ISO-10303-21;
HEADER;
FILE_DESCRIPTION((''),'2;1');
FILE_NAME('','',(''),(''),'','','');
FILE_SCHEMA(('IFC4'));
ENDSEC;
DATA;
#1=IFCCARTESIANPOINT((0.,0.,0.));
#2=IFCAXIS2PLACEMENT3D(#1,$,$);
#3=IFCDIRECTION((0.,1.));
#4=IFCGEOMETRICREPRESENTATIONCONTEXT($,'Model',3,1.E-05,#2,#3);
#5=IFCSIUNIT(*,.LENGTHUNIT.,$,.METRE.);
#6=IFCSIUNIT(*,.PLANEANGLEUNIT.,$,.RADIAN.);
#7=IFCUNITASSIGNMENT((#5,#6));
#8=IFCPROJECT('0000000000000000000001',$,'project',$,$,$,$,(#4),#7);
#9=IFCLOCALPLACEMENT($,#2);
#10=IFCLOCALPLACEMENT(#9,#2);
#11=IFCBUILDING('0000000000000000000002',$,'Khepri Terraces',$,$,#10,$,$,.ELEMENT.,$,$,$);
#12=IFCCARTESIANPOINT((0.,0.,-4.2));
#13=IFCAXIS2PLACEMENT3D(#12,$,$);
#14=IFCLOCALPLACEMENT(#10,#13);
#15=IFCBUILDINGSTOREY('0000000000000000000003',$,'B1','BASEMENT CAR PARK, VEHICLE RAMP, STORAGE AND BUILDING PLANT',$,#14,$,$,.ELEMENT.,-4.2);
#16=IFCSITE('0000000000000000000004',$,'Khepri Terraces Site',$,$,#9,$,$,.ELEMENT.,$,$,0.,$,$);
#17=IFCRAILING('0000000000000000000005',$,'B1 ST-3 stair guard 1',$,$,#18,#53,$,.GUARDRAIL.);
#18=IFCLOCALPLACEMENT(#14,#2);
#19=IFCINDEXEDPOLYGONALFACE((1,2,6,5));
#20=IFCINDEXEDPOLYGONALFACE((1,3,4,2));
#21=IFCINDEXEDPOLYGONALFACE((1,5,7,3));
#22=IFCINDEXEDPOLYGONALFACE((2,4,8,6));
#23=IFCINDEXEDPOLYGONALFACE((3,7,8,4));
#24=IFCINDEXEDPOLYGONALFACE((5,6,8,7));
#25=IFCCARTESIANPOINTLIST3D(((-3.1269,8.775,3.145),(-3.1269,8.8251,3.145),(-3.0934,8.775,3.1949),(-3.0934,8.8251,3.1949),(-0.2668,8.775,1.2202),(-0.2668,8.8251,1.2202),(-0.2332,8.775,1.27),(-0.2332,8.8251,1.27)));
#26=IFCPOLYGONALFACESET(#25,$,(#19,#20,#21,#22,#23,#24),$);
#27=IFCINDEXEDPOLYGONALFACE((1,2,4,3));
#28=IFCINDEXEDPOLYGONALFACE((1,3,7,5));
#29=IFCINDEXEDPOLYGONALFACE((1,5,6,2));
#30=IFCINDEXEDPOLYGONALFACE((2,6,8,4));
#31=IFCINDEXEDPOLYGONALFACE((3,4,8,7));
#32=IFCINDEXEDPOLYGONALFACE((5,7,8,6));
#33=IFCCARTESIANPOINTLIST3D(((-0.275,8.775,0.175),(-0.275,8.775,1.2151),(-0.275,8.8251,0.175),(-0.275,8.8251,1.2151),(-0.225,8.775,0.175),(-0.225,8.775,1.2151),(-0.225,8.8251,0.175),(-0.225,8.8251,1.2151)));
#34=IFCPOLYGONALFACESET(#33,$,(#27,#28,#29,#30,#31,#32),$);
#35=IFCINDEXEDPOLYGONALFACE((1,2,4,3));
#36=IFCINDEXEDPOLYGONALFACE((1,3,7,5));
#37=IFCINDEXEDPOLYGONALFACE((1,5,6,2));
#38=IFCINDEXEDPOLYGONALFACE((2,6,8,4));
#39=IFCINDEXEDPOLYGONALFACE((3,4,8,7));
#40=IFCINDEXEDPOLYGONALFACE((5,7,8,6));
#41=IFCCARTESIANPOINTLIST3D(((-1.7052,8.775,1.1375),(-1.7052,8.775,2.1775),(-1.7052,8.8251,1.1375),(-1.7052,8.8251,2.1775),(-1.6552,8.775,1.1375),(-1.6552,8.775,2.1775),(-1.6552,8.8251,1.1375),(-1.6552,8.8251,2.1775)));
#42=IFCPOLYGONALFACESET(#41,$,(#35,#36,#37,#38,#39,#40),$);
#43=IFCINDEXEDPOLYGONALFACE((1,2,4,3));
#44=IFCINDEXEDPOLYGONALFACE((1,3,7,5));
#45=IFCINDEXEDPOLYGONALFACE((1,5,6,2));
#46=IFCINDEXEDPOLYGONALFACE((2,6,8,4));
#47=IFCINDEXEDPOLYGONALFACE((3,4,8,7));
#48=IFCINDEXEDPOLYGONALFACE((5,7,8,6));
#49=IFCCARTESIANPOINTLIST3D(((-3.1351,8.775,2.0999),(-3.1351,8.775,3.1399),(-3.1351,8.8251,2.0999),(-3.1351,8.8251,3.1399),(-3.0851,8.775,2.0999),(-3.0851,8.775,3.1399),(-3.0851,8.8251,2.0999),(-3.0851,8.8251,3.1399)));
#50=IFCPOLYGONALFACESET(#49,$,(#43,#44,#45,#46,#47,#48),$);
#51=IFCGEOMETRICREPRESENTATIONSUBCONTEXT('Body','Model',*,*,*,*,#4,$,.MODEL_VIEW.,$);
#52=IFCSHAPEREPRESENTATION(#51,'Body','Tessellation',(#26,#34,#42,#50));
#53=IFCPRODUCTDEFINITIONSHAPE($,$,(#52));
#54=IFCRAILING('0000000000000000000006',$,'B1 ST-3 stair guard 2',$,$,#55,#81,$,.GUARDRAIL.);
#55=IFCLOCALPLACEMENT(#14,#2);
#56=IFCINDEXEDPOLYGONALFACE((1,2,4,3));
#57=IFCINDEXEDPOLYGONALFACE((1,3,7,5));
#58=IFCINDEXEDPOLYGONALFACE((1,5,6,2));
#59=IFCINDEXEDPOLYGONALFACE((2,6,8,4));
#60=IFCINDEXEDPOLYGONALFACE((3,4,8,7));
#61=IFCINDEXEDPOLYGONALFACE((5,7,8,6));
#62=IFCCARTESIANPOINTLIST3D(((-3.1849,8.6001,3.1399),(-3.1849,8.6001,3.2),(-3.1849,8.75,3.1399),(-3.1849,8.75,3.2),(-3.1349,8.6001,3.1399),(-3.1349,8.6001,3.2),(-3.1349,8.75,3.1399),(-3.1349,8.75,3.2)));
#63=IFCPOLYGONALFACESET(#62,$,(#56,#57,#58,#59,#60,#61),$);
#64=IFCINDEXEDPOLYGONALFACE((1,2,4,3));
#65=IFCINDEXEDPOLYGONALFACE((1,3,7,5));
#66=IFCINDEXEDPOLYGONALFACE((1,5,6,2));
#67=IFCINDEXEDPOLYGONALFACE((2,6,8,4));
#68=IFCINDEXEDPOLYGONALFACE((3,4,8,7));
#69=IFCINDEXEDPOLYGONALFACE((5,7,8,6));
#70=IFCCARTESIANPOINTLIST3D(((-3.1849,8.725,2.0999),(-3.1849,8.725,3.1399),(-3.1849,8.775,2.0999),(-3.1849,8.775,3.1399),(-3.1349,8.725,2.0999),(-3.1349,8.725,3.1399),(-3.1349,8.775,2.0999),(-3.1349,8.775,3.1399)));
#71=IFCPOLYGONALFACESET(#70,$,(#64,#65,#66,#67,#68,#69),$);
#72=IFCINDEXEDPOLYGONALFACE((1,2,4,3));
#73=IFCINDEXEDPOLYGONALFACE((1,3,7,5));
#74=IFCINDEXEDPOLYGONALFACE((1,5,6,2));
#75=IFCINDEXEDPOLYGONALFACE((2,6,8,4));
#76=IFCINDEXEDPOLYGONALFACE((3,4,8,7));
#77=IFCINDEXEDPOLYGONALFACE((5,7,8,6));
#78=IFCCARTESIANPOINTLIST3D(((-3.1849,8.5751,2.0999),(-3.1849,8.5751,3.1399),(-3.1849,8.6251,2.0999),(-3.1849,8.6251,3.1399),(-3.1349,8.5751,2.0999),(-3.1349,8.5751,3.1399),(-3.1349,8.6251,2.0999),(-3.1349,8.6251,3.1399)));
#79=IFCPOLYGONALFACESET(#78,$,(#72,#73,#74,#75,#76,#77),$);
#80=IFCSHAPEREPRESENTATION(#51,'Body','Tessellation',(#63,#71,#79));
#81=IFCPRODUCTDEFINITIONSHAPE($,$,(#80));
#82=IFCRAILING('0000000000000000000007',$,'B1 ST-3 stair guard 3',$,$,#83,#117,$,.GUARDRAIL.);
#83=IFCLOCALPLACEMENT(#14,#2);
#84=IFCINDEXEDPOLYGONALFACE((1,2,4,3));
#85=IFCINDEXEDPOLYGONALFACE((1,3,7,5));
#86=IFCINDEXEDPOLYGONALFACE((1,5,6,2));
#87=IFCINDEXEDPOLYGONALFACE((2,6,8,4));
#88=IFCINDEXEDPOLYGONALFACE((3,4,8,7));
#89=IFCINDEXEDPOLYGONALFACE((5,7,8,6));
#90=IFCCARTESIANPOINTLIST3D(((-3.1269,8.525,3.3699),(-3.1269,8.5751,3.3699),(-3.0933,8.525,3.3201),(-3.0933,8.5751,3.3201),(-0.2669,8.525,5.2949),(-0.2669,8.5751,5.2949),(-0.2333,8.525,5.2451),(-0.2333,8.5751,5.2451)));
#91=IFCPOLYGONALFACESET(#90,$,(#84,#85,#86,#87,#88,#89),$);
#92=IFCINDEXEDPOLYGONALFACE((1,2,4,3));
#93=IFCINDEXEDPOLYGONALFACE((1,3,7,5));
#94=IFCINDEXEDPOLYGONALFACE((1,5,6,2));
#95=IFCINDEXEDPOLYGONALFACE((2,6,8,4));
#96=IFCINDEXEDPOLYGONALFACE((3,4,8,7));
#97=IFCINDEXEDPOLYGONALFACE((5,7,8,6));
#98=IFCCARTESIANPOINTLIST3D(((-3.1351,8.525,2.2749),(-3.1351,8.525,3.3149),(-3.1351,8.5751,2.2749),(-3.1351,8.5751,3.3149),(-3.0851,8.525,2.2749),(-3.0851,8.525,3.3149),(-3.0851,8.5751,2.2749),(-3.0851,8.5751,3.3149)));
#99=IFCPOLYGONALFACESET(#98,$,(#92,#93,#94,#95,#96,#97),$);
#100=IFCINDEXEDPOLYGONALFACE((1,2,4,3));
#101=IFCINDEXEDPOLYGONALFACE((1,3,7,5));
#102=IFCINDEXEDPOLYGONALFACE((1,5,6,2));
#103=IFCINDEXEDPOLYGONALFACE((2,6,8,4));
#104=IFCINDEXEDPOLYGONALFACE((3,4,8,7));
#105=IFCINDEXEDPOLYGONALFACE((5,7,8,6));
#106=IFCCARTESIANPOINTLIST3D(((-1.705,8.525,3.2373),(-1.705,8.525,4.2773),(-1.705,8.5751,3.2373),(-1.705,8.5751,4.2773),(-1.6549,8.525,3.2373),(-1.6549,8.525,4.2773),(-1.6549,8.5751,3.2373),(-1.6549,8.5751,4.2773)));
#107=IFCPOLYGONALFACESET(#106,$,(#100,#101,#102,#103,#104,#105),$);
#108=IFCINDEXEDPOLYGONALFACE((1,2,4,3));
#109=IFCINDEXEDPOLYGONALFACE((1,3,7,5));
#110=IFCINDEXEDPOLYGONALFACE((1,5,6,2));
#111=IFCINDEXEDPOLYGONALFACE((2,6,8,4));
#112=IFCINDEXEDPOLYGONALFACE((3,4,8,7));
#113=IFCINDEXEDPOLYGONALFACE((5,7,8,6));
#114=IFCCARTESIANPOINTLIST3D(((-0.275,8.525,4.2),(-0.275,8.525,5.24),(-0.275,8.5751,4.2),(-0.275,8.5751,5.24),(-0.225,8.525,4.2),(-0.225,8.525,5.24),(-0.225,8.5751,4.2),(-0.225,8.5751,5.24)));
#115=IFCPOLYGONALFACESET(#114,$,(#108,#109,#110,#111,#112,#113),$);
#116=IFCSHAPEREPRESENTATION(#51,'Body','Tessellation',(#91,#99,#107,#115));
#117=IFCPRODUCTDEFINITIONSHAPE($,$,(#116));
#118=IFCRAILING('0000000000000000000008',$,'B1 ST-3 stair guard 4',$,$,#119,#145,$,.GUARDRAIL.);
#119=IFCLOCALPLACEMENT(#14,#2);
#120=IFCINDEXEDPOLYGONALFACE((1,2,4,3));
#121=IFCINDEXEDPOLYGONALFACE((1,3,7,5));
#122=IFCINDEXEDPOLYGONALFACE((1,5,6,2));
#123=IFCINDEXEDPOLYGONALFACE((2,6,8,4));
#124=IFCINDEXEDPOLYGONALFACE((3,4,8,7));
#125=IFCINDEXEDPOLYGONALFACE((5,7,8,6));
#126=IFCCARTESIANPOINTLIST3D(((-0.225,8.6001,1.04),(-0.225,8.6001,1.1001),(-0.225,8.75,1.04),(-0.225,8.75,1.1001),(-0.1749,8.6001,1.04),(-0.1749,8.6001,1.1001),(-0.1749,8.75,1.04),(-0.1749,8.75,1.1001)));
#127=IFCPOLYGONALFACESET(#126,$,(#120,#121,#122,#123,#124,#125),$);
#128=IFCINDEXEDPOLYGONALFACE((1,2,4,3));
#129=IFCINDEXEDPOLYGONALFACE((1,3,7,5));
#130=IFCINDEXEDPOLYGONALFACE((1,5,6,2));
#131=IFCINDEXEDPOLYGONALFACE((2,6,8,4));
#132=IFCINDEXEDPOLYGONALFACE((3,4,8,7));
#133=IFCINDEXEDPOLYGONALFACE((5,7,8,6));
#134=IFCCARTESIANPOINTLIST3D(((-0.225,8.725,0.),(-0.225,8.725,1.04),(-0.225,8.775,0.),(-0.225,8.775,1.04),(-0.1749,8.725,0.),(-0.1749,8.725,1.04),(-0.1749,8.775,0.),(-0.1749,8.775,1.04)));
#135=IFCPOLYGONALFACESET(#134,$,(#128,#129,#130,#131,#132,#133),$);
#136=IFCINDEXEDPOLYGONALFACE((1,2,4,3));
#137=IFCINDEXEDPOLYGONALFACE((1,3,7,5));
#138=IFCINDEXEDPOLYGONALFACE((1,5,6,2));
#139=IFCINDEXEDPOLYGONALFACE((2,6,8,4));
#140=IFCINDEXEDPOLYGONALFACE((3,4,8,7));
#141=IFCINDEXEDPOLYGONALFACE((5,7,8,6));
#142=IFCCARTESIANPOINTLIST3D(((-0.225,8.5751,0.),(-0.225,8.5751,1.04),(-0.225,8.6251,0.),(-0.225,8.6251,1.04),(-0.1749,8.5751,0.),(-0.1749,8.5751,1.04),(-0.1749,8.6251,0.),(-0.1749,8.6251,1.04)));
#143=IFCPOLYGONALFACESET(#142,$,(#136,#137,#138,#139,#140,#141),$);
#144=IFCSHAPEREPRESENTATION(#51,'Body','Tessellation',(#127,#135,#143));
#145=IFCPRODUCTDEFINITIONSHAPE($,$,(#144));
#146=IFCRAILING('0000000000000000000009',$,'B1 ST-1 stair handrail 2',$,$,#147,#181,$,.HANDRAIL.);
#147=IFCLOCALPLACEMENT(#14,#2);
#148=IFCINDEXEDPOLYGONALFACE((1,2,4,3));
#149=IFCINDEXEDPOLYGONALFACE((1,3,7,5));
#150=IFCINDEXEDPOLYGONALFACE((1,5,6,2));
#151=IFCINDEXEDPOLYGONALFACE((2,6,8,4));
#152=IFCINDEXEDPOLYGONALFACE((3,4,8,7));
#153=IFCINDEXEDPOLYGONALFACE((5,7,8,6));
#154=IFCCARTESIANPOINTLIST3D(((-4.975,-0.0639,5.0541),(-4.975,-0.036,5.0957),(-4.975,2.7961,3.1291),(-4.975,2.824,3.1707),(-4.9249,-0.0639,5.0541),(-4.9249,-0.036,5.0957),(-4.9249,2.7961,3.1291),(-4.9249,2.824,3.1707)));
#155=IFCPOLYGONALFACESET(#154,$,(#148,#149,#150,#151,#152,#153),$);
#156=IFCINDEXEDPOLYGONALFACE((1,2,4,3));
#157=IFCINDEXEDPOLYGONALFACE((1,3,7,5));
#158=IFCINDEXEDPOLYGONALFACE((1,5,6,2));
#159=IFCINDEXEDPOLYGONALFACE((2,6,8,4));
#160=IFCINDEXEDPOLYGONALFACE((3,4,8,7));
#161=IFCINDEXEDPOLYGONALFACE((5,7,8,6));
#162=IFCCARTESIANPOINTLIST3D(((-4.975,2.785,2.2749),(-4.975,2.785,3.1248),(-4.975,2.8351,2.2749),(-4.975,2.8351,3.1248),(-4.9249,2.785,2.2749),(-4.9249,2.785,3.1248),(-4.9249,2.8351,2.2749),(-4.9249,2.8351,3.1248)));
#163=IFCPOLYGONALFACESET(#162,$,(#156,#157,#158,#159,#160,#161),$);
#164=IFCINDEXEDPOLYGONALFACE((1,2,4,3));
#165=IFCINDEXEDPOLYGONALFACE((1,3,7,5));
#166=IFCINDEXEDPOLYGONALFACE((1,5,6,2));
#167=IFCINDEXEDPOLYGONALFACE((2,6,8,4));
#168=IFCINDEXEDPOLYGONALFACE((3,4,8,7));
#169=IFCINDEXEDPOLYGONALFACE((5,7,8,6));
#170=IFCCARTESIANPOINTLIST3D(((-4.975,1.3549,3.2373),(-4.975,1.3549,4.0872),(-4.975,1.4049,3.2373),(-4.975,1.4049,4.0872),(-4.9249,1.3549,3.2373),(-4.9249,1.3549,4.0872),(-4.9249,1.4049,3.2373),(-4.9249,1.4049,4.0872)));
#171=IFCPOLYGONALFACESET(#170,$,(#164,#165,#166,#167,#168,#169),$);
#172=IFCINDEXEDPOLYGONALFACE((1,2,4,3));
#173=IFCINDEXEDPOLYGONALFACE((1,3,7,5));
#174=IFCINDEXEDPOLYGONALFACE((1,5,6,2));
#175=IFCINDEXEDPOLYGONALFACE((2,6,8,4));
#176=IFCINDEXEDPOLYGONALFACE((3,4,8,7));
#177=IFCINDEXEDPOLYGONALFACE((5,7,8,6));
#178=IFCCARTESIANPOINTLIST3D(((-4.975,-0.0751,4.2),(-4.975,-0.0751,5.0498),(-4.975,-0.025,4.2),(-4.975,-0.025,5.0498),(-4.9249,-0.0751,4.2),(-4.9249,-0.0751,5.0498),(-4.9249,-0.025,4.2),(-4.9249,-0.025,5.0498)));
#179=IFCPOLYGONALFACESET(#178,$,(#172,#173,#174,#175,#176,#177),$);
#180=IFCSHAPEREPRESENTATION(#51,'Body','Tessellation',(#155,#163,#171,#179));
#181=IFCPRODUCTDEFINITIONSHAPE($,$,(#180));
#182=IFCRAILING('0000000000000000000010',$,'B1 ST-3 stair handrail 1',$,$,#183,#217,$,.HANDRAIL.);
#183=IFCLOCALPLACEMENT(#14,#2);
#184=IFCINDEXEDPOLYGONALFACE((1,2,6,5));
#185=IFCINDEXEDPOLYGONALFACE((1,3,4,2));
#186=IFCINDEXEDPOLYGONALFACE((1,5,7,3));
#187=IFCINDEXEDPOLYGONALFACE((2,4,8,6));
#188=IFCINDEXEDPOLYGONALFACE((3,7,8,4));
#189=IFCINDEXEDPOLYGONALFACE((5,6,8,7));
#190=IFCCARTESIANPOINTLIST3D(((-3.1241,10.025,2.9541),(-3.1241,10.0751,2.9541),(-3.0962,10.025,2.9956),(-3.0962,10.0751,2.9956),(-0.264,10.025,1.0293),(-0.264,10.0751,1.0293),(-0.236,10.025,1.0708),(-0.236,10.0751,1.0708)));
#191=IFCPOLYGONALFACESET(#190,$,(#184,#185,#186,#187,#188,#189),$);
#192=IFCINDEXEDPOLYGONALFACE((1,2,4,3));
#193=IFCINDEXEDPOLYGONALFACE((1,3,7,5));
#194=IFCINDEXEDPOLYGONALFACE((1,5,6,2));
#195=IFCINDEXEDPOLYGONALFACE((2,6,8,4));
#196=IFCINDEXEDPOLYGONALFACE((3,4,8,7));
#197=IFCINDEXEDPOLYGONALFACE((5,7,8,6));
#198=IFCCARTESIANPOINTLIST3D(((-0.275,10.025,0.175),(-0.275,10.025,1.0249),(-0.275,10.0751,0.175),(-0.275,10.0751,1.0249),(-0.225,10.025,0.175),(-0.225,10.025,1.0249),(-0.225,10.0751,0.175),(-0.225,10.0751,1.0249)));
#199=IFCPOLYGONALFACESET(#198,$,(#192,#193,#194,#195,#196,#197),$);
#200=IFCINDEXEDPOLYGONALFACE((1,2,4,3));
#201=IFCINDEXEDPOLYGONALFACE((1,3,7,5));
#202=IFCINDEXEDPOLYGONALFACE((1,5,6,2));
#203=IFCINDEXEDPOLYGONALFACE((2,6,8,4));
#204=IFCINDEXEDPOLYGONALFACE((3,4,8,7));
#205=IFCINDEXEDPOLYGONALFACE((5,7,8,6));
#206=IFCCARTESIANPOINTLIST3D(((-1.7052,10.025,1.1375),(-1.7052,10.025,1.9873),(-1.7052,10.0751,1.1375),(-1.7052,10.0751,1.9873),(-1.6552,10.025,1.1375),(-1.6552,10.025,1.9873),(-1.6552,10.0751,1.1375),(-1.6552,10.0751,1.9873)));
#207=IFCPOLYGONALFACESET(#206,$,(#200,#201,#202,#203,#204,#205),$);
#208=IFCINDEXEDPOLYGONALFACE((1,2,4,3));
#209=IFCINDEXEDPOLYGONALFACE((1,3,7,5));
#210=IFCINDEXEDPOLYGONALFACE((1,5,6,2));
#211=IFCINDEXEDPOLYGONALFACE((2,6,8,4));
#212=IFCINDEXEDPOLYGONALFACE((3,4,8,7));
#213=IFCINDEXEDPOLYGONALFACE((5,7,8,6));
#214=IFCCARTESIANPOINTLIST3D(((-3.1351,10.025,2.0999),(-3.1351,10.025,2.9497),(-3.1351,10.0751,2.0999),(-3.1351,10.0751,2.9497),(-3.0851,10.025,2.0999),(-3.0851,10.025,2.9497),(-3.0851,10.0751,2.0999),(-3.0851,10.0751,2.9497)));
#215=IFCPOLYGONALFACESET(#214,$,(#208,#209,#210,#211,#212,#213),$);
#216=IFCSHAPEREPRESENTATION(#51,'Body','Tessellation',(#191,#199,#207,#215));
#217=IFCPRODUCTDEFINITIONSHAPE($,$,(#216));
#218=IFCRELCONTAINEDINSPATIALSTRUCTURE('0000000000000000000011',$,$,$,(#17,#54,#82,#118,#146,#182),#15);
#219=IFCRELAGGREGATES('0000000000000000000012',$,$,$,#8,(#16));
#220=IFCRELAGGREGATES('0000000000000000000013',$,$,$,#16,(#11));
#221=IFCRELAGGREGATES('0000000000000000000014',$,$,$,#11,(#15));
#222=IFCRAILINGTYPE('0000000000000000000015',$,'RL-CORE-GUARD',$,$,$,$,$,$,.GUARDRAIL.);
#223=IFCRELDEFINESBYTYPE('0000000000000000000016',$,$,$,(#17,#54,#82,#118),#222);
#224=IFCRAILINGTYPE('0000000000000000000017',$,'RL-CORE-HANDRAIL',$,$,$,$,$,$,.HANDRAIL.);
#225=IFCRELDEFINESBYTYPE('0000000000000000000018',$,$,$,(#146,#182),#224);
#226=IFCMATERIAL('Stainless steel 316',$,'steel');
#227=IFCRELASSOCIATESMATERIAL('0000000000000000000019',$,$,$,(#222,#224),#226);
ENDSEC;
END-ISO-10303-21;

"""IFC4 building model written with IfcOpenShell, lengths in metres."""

from ifc_helpers import new_model, si_unit, direction, frame, origin, origin_2d, place, context, subcontext, project, spatial, rectangle, extrude, material, type_object, element, save


model = new_model("IFC4")

# Units and contexts
model_context = context("Model", 3, precision=1e-05, world=origin(), true_north=direction((0.0, 1.0)))
body_context = subcontext(model_context, "Body", "Model", "MODEL_VIEW")
ifc_project = project(units=[si_unit("LENGTHUNIT", "METRE"), si_unit("PLANEANGLEUNIT", "RADIAN")], contexts=[model_context])

# Site, building, storey
site_placement = place(None, origin())
site = spatial("IfcSite", under=ifc_project, at=site_placement, Name="Khepri Terraces Site", CompositionType="ELEMENT", RefElevation=0.0)
building_placement = place(site_placement, origin())
building = spatial("IfcBuilding", under=site, at=building_placement, Name="Khepri Terraces", CompositionType="ELEMENT")
storey_placement = place(building_placement, frame((0.0, 0.0, -4.2)))
storey = spatial("IfcBuildingStorey", under=building, at=storey_placement, Name="B1", Description="BASEMENT CAR PARK, VEHICLE RAMP, STORAGE AND BUILDING PLANT", CompositionType="ELEMENT", Elevation=-4.2)

# Railings
ifc_material_1 = material(Name="Stainless steel 316", Category="steel")
railing_type_1 = type_object("IfcRailingType", Name="RL-CORE-GUARD", PredefinedType="GUARDRAIL", material=ifc_material_1)
railing_1_placement = place(storey_placement, frame((-0.25, 8.8, 0.175)))
element("IfcRailing", 1, at=railing_1_placement, inside=storey, type_object=railing_type_1, Name="B1 ST-3 stair guard 1", PredefinedType="GUARDRAIL", context=body_context, shape_type="SweptSolid", body=[
    extrude(rectangle(XDim=0.05, YDim=0.0601, at=origin_2d()), frame((0.0, 0.0, 1.0701), z_axis=(-0.829624, 0.0, 0.558323), x_axis=(0.0, -1.0, 0.0)), (0.0, 0.0, 1.0), 3.4475),
    extrude(rectangle(XDim=0.05, YDim=0.05, at=origin_2d()), origin(), (0.0, 0.0, 1.0), 1.04),
    extrude(rectangle(XDim=0.05, YDim=0.05, at=origin_2d()), frame((-1.4302, 0.0, 0.9624)), (0.0, 0.0, 1.0), 1.04),
    extrude(rectangle(XDim=0.05, YDim=0.05, at=origin_2d()), frame((-2.8601, 0.0, 1.9248)), (0.0, 0.0, 1.0), 1.04),
])
railing_2_placement = place(storey_placement, frame((-3.1599, 8.75, 2.0999)))
element("IfcRailing", 2, at=railing_2_placement, inside=storey, type_object=railing_type_1, Name="B1 ST-3 stair guard 2", PredefinedType="GUARDRAIL", context=body_context, shape_type="SweptSolid", body=[
    extrude(rectangle(XDim=0.05, YDim=0.0601, at=origin_2d()), frame((0.0, 0.0, 1.0701), z_axis=(0.0, -1.0, 0.0), x_axis=(1.0, 0.0, 0.0)), (0.0, 0.0, 1.0), 0.1499),
    extrude(rectangle(XDim=0.05, YDim=0.05, at=origin_2d()), origin(), (0.0, 0.0, 1.0), 1.04),
    extrude(rectangle(XDim=0.05, YDim=0.05, at=origin_2d()), frame((0.0, -0.1499, 0.0)), (0.0, 0.0, 1.0), 1.04),
])
railing_3_placement = place(storey_placement, frame((-3.1101, 8.55, 2.2749)))
element("IfcRailing", 3, at=railing_3_placement, inside=storey, type_object=railing_type_1, Name="B1 ST-3 stair guard 3", PredefinedType="GUARDRAIL", context=body_context, shape_type="SweptSolid", body=[
    extrude(rectangle(XDim=0.05, YDim=0.0601, at=origin_2d()), frame((0.0, 0.0, 1.0701), z_axis=(0.829591, 0.0, 0.558372), x_axis=(0.0, 1.0, 0.0)), (0.0, 0.0, 1.0), 3.4475),
    extrude(rectangle(XDim=0.05, YDim=0.05, at=origin_2d()), origin(), (0.0, 0.0, 1.0), 1.04),
    extrude(rectangle(XDim=0.05, YDim=0.05, at=origin_2d()), frame((1.4302, 0.0, 0.9624)), (0.0, 0.0, 1.0), 1.04),
    extrude(rectangle(XDim=0.05, YDim=0.05, at=origin_2d()), frame((2.8601, 0.0, 1.925)), (0.0, 0.0, 1.0), 1.04),
])
railing_4_placement = place(storey_placement, frame((-0.2, 8.75, 0.0)))
element("IfcRailing", 4, at=railing_4_placement, inside=storey, type_object=railing_type_1, Name="B1 ST-3 stair guard 4", PredefinedType="GUARDRAIL", context=body_context, shape_type="SweptSolid", body=[
    extrude(rectangle(XDim=0.05, YDim=0.0601, at=origin_2d()), frame((0.0, 0.0, 1.0701), z_axis=(0.0, -1.0, 0.0), x_axis=(1.0, 0.0, 0.0)), (0.0, 0.0, 1.0), 0.1499),
    extrude(rectangle(XDim=0.05, YDim=0.05, at=origin_2d()), origin(), (0.0, 0.0, 1.0), 1.04),
    extrude(rectangle(XDim=0.05, YDim=0.05, at=origin_2d()), frame((0.0, -0.1499, 0.0)), (0.0, 0.0, 1.0), 1.04),
])
railing_type_2 = type_object("IfcRailingType", Name="RL-CORE-HANDRAIL", PredefinedType="HANDRAIL", material=ifc_material_1)
railing_5_placement = place(storey_placement, frame((-4.95, 2.8101, 2.2749)))
element("IfcRailing", 5, at=railing_5_placement, inside=storey, type_object=railing_type_2, Name="B1 ST-1 stair handrail 2", PredefinedType="HANDRAIL", context=body_context, shape_type="SweptSolid", body=[
    extrude(rectangle(XDim=0.05, YDim=0.05, at=origin_2d()), frame((0.0, 0.0, 0.875), z_axis=(0.0, -0.829591, 0.558372), x_axis=(1.0, 0.0, 0.0)), (0.0, 0.0, 1.0), 3.4475),
    extrude(rectangle(XDim=0.05, YDim=0.05, at=origin_2d()), origin(), (0.0, 0.0, 1.0), 0.8499),
    extrude(rectangle(XDim=0.05, YDim=0.05, at=origin_2d()), frame((0.0, -1.4302, 0.9624)), (0.0, 0.0, 1.0), 0.8499),
    extrude(rectangle(XDim=0.05, YDim=0.05, at=origin_2d()), frame((0.0, -2.8601, 1.925)), (0.0, 0.0, 1.0), 0.8499),
])
railing_6_placement = place(storey_placement, frame((-0.25, 10.05, 0.175)))
element("IfcRailing", 6, at=railing_6_placement, inside=storey, type_object=railing_type_2, Name="B1 ST-3 stair handrail 1", PredefinedType="HANDRAIL", context=body_context, shape_type="SweptSolid", body=[
    extrude(rectangle(XDim=0.05, YDim=0.05, at=origin_2d()), frame((0.0, 0.0, 0.875), z_axis=(-0.829624, 0.0, 0.558323), x_axis=(0.0, -1.0, 0.0)), (0.0, 0.0, 1.0), 3.4475),
    extrude(rectangle(XDim=0.05, YDim=0.05, at=origin_2d()), origin(), (0.0, 0.0, 1.0), 0.8499),
    extrude(rectangle(XDim=0.05, YDim=0.05, at=origin_2d()), frame((-1.4302, 0.0, 0.9624)), (0.0, 0.0, 1.0), 0.8499),
    extrude(rectangle(XDim=0.05, YDim=0.05, at=origin_2d()), frame((-2.8601, 0.0, 1.9248)), (0.0, 0.0, 1.0), 0.8499),
])

save(model, "model.ifc")
